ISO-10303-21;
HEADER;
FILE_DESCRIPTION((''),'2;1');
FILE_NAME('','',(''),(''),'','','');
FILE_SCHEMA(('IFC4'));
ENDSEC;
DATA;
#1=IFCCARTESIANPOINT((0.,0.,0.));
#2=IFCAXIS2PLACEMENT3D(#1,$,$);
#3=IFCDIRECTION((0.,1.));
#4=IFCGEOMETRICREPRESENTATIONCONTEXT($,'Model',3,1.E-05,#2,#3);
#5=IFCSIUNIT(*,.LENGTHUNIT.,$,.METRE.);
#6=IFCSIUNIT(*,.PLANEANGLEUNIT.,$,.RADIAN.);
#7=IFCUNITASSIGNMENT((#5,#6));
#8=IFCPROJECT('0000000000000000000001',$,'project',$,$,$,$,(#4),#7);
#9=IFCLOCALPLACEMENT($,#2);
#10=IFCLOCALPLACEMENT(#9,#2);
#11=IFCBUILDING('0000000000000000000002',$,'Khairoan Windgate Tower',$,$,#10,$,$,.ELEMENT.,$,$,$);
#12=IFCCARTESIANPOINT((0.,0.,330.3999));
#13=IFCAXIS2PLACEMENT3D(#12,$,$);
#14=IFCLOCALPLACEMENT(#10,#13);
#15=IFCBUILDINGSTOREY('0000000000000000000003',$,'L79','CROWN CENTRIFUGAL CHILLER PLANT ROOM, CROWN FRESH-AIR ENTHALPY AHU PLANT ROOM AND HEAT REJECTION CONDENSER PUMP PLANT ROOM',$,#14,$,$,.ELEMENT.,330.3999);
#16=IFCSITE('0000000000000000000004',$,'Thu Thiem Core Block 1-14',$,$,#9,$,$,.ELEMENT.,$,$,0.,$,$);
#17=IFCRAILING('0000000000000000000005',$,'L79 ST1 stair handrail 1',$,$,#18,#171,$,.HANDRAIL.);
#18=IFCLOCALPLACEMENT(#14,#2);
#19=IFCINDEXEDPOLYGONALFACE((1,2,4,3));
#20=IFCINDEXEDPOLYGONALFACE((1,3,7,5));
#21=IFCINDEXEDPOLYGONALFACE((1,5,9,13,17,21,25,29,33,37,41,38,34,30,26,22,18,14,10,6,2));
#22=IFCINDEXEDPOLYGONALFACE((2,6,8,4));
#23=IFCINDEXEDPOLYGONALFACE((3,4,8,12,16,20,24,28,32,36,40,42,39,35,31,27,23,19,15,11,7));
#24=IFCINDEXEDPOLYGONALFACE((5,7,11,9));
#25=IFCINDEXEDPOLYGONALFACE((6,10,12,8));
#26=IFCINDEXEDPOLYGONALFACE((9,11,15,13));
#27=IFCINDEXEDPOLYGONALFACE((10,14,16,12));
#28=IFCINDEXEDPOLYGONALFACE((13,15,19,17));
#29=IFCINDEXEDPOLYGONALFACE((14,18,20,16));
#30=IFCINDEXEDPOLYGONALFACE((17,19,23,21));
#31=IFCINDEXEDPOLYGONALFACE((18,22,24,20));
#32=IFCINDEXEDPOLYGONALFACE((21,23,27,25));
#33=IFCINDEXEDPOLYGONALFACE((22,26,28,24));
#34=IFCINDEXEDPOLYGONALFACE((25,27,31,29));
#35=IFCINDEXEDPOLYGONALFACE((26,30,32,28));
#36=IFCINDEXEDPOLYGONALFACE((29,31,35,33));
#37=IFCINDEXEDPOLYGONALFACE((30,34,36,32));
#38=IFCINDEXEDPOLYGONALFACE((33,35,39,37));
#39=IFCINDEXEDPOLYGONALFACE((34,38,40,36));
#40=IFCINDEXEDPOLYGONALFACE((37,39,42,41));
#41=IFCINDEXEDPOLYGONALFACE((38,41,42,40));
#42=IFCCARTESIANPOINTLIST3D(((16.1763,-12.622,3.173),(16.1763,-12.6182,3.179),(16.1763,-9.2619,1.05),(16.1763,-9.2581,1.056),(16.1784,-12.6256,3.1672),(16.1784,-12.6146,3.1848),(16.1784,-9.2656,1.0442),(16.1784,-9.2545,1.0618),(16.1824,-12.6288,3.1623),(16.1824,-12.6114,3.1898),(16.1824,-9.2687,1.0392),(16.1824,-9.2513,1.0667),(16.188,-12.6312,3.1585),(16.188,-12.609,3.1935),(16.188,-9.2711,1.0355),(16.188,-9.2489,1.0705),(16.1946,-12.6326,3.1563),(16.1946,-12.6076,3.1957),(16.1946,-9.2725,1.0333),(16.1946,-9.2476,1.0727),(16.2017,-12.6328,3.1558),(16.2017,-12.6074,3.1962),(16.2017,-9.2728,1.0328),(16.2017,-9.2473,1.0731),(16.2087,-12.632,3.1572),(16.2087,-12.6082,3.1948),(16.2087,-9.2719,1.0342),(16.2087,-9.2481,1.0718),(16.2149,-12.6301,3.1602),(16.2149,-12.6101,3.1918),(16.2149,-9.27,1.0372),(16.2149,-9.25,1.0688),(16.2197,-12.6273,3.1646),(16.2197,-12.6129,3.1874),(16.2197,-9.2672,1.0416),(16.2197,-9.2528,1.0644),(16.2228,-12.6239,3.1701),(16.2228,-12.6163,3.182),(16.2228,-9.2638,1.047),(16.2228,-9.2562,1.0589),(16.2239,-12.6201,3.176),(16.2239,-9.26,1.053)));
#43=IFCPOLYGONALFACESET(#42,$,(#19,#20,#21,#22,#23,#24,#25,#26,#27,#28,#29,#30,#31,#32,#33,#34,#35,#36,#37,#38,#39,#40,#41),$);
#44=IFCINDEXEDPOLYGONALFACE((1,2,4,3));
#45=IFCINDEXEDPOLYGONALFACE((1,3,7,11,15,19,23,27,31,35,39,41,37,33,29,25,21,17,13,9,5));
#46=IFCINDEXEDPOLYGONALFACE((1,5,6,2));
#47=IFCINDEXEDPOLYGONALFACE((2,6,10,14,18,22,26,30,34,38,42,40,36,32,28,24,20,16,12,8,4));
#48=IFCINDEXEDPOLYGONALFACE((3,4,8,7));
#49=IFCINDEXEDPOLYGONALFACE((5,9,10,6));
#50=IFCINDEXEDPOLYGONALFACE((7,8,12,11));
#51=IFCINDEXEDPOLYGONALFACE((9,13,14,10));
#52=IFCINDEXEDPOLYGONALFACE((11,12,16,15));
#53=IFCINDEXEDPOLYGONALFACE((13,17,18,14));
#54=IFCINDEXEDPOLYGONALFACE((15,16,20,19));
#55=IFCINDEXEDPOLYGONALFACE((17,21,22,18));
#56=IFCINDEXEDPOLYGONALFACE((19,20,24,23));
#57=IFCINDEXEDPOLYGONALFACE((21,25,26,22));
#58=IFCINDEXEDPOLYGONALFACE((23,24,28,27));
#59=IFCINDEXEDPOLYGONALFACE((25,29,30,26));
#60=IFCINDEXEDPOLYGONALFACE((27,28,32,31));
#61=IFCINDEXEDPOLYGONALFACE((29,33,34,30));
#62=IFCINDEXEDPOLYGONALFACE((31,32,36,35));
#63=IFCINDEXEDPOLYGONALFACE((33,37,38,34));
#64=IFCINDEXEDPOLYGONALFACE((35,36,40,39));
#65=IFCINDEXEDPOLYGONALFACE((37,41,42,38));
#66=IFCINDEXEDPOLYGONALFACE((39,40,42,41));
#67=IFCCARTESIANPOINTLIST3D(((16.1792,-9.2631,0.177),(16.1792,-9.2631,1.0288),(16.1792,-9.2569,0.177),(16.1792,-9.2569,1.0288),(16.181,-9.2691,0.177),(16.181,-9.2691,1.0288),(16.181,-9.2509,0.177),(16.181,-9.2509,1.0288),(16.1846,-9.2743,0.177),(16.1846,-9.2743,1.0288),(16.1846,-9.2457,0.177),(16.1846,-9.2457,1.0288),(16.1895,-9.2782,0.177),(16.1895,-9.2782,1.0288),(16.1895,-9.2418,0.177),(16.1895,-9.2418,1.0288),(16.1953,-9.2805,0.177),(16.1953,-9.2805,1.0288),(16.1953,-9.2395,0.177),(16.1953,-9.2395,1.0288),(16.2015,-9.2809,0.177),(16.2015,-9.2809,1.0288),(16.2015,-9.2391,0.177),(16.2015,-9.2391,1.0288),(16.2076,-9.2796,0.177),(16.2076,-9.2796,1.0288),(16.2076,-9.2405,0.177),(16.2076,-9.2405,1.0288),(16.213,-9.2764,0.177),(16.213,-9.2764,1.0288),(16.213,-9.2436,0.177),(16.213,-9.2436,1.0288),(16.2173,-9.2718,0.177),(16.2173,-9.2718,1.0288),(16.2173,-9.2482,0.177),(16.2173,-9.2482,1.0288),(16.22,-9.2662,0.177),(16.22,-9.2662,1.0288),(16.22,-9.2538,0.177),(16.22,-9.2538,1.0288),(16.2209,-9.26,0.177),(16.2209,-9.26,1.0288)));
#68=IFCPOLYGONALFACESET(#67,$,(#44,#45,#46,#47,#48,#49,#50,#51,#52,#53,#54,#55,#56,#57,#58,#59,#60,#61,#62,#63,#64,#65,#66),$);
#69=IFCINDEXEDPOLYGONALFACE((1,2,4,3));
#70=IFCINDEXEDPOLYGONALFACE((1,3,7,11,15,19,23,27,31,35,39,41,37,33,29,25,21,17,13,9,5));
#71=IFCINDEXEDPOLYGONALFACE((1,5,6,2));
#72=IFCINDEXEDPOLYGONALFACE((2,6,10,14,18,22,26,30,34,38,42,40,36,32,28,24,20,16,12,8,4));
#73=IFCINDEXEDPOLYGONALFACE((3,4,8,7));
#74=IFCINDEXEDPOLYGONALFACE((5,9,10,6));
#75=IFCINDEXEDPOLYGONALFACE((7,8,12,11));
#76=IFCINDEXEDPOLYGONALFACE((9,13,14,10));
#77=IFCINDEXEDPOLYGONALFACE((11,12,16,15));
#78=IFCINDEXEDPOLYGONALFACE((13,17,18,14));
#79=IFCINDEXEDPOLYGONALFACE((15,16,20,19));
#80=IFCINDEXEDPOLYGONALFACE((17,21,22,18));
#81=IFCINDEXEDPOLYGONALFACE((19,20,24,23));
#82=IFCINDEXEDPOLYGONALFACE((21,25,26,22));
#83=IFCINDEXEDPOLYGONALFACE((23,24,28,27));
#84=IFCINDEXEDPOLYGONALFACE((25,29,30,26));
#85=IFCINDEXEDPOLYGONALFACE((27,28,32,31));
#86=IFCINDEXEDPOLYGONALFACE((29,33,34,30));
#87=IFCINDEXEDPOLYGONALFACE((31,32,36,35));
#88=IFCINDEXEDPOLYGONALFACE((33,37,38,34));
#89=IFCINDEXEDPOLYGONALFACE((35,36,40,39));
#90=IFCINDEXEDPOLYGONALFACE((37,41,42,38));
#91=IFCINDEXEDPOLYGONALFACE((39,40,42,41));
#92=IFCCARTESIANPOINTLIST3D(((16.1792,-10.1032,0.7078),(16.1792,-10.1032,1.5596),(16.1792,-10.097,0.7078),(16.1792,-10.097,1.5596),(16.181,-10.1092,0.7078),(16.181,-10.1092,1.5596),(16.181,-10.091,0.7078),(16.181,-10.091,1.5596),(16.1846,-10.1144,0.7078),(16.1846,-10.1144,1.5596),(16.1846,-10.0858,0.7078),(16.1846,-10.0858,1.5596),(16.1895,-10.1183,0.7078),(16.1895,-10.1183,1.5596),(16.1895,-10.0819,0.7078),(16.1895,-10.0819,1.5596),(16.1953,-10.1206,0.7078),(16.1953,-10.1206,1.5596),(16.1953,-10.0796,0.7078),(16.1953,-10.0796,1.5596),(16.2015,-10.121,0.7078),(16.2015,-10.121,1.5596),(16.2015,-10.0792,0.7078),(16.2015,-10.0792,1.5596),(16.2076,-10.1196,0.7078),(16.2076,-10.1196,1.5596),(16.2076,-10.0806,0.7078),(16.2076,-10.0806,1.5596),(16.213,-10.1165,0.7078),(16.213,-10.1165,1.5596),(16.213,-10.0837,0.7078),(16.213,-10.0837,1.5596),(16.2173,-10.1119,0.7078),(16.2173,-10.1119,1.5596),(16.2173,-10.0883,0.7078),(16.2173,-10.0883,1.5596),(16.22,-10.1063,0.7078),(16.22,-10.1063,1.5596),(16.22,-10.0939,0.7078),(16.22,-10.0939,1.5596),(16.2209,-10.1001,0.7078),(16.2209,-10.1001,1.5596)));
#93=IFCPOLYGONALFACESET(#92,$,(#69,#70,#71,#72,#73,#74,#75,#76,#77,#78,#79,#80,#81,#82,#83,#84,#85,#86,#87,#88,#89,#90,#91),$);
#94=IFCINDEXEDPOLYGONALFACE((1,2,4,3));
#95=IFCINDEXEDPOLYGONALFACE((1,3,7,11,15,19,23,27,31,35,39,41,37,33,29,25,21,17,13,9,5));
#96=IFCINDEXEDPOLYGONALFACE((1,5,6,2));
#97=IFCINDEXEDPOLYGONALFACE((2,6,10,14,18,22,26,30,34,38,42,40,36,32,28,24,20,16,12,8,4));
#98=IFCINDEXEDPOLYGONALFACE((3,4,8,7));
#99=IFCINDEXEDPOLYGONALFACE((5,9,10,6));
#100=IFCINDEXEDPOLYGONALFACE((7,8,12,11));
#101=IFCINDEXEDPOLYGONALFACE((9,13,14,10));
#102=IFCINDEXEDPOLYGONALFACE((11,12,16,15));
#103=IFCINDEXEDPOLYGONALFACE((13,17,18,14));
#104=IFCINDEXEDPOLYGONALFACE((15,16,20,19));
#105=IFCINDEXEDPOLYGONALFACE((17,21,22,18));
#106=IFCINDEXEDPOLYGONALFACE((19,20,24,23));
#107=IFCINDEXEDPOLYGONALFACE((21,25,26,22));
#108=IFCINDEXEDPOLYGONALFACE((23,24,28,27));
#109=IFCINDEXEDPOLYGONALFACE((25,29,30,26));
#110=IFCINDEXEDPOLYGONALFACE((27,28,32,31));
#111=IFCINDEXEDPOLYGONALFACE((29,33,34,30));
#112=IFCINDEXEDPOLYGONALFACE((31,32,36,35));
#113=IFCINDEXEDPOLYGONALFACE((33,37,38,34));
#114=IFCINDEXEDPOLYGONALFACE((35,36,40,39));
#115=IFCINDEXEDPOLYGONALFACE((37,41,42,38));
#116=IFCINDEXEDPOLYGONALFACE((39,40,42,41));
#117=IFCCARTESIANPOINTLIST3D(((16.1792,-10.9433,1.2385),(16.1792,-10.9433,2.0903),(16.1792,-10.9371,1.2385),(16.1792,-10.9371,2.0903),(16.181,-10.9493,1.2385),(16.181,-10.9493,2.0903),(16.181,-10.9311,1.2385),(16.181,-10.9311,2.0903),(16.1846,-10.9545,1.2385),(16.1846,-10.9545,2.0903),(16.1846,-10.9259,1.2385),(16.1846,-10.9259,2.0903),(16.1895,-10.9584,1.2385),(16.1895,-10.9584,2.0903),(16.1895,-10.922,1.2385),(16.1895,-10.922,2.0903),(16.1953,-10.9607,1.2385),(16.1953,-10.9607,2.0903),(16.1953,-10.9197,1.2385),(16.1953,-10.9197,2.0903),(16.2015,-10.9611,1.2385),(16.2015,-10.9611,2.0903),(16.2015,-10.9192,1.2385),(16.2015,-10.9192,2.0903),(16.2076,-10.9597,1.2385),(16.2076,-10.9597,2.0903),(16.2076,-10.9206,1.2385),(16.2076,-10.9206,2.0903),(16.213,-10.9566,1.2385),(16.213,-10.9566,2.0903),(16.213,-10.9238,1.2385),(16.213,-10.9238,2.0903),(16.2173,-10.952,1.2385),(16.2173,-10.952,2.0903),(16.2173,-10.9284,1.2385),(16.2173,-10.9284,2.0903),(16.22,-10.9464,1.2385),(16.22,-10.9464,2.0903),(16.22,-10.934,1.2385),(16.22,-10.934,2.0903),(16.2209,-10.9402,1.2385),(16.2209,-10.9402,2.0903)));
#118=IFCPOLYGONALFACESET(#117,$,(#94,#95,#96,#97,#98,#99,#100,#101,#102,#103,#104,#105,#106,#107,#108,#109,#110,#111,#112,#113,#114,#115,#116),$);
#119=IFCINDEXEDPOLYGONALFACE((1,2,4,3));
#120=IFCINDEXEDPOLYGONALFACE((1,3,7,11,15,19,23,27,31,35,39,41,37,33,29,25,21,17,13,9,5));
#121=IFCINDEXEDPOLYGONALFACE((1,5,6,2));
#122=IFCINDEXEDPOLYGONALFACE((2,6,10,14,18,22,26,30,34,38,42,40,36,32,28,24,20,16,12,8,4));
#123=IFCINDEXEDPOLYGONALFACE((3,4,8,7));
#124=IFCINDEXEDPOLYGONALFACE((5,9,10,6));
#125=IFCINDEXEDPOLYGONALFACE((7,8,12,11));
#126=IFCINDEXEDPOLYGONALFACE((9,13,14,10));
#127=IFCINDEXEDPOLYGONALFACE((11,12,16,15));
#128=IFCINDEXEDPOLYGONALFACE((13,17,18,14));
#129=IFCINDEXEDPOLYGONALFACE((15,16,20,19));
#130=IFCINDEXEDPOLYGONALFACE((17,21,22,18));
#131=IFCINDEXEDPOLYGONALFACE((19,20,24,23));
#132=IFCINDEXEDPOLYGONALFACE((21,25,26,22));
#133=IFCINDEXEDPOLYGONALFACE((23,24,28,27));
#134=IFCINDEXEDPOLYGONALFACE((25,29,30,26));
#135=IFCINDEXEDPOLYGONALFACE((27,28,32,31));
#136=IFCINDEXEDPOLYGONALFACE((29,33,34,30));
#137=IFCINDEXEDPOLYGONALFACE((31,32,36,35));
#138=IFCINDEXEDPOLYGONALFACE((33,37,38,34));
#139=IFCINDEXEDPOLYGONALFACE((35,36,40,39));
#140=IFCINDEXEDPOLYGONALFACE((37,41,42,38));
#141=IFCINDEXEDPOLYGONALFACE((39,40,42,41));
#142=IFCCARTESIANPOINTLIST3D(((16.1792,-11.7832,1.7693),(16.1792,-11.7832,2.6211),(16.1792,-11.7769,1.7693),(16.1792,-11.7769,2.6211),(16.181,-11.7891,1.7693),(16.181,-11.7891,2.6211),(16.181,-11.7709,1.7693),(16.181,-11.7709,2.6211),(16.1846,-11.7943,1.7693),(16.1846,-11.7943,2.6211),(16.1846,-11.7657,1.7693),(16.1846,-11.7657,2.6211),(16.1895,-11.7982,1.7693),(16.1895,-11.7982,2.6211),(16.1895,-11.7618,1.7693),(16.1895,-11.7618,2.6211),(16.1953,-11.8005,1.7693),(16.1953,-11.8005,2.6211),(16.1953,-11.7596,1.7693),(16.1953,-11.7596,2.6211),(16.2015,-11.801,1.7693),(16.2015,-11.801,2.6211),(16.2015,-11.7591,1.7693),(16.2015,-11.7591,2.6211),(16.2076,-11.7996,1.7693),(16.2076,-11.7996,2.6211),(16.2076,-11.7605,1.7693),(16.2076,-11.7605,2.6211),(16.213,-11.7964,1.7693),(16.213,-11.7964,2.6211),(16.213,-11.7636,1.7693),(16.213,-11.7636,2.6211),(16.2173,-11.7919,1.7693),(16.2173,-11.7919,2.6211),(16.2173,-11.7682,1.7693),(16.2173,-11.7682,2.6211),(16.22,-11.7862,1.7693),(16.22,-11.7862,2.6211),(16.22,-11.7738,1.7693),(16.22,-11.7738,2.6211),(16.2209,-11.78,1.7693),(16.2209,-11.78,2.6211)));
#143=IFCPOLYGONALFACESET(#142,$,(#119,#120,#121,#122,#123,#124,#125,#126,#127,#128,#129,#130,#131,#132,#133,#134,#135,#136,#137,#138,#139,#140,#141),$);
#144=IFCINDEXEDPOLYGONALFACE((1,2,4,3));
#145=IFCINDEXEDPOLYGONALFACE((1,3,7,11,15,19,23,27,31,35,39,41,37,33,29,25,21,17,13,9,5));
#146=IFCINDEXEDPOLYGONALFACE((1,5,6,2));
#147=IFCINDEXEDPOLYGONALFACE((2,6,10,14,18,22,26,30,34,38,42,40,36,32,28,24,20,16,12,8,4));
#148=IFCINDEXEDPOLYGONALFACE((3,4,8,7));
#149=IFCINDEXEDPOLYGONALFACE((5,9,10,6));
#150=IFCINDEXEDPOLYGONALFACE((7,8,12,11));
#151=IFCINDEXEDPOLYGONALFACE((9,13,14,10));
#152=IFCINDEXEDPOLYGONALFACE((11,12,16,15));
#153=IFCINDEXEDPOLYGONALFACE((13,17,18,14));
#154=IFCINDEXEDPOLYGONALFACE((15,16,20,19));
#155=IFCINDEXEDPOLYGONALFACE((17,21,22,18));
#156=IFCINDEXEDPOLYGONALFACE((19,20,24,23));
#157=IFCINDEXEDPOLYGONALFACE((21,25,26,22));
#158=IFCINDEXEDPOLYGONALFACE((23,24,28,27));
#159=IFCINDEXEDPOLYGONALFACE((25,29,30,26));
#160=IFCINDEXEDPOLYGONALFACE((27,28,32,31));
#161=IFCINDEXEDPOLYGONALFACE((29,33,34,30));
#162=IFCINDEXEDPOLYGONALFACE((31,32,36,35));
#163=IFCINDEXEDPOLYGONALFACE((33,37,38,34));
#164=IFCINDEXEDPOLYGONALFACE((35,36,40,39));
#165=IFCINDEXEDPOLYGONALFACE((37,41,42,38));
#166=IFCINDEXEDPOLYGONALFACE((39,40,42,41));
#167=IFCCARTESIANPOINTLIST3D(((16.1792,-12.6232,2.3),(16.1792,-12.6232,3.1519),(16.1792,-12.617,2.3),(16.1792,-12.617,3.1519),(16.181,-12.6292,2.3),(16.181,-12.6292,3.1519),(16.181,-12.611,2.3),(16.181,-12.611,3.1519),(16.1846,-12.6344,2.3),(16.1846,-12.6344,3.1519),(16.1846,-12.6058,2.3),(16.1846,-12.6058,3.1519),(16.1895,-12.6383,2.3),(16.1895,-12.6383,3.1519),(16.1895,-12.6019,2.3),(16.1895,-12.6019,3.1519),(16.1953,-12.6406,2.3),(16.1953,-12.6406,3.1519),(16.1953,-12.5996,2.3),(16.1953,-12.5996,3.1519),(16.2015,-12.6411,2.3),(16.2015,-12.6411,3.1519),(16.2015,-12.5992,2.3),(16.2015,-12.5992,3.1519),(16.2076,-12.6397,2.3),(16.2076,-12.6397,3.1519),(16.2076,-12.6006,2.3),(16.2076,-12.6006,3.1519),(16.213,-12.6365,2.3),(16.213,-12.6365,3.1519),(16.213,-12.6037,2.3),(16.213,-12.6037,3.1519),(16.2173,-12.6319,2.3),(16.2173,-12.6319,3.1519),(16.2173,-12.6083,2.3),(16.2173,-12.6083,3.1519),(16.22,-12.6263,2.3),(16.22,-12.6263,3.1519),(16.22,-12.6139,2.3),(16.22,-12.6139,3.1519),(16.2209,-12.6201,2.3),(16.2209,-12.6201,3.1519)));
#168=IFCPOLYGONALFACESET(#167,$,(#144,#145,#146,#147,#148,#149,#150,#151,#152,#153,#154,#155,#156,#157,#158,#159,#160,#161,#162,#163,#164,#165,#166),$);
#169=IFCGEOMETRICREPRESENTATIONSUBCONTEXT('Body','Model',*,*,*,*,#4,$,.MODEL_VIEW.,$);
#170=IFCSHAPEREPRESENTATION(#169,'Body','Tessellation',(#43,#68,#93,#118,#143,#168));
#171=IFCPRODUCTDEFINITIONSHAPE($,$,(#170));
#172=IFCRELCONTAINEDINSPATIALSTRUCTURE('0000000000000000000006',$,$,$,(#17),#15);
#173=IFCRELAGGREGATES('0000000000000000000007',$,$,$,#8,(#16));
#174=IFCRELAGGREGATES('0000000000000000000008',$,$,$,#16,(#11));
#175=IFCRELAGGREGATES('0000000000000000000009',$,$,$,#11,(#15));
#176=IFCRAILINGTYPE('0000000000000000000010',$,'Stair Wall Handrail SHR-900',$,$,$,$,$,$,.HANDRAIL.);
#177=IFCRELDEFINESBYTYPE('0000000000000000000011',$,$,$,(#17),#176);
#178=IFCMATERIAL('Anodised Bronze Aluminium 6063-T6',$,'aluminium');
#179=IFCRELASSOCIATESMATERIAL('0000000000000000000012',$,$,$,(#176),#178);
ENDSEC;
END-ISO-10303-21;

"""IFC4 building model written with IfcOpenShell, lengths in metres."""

from ifc_helpers import new_model, si_unit, direction, frame, origin, origin_2d, place, context, subcontext, project, spatial, circle, extrude, material, type_object, element, save


model = new_model("IFC4")

# Units and contexts
model_context = context("Model", 3, precision=1e-05, world=origin(), true_north=direction((0.0, 1.0)))
body_context = subcontext(model_context, "Body", "Model", "MODEL_VIEW")
ifc_project = project(units=[si_unit("LENGTHUNIT", "METRE"), si_unit("PLANEANGLEUNIT", "RADIAN")], contexts=[model_context])

# Site, building, storey
site_placement = place(None, origin())
site = spatial("IfcSite", under=ifc_project, at=site_placement, Name="Thu Thiem Core Block 1-14", CompositionType="ELEMENT", RefElevation=0.0)
building_placement = place(site_placement, origin())
building = spatial("IfcBuilding", under=site, at=building_placement, Name="Khairoan Windgate Tower", CompositionType="ELEMENT")
storey_placement = place(building_placement, frame((0.0, 0.0, 330.3999)))
storey = spatial("IfcBuildingStorey", under=building, at=storey_placement, Name="L79", Description="CROWN CENTRIFUGAL CHILLER PLANT ROOM, CROWN FRESH-AIR ENTHALPY AHU PLANT ROOM AND HEAT REJECTION CONDENSER PUMP PLANT ROOM", CompositionType="ELEMENT", Elevation=330.3999)

# Railing
ifc_material_1 = material(Name="Anodised Bronze Aluminium 6063-T6", Category="aluminium")
railing_type_1 = type_object("IfcRailingType", Name="Stair Wall Handrail SHR-900", PredefinedType="HANDRAIL", material=ifc_material_1)
railing_1_placement = place(storey_placement, frame((16.2, -9.26, 0.177)))
element("IfcRailing", 1, at=railing_1_placement, inside=storey, type_object=railing_type_1, Name="L79 ST1 stair handrail 1", PredefinedType="HANDRAIL", context=body_context, shape_type="SweptSolid", body=[
    extrude(circle(Radius=0.0239, at=origin_2d()), frame((0.0, 0.0, 0.876), z_axis=(0.0, -0.84539, 0.53415), x_axis=(1.0, 0.0, 0.0)), (0.0, 0.0, 1.0), 3.9746),
    extrude(circle(Radius=0.021, at=origin_2d()), origin(), (0.0, 0.0, 1.0), 0.8518),
    extrude(circle(Radius=0.021, at=origin_2d()), frame((0.0, -0.8401, 0.5308)), (0.0, 0.0, 1.0), 0.8518),
    extrude(circle(Radius=0.021, at=origin_2d()), frame((0.0, -1.6802, 1.0615)), (0.0, 0.0, 1.0), 0.8518),
    extrude(circle(Radius=0.021, at=origin_2d()), frame((0.0, -2.52, 1.5923)), (0.0, 0.0, 1.0), 0.8518),
    extrude(circle(Radius=0.021, at=origin_2d()), frame((0.0, -3.3601, 2.123)), (0.0, 0.0, 1.0), 0.8518),
])

save(model, "model.ifc")
